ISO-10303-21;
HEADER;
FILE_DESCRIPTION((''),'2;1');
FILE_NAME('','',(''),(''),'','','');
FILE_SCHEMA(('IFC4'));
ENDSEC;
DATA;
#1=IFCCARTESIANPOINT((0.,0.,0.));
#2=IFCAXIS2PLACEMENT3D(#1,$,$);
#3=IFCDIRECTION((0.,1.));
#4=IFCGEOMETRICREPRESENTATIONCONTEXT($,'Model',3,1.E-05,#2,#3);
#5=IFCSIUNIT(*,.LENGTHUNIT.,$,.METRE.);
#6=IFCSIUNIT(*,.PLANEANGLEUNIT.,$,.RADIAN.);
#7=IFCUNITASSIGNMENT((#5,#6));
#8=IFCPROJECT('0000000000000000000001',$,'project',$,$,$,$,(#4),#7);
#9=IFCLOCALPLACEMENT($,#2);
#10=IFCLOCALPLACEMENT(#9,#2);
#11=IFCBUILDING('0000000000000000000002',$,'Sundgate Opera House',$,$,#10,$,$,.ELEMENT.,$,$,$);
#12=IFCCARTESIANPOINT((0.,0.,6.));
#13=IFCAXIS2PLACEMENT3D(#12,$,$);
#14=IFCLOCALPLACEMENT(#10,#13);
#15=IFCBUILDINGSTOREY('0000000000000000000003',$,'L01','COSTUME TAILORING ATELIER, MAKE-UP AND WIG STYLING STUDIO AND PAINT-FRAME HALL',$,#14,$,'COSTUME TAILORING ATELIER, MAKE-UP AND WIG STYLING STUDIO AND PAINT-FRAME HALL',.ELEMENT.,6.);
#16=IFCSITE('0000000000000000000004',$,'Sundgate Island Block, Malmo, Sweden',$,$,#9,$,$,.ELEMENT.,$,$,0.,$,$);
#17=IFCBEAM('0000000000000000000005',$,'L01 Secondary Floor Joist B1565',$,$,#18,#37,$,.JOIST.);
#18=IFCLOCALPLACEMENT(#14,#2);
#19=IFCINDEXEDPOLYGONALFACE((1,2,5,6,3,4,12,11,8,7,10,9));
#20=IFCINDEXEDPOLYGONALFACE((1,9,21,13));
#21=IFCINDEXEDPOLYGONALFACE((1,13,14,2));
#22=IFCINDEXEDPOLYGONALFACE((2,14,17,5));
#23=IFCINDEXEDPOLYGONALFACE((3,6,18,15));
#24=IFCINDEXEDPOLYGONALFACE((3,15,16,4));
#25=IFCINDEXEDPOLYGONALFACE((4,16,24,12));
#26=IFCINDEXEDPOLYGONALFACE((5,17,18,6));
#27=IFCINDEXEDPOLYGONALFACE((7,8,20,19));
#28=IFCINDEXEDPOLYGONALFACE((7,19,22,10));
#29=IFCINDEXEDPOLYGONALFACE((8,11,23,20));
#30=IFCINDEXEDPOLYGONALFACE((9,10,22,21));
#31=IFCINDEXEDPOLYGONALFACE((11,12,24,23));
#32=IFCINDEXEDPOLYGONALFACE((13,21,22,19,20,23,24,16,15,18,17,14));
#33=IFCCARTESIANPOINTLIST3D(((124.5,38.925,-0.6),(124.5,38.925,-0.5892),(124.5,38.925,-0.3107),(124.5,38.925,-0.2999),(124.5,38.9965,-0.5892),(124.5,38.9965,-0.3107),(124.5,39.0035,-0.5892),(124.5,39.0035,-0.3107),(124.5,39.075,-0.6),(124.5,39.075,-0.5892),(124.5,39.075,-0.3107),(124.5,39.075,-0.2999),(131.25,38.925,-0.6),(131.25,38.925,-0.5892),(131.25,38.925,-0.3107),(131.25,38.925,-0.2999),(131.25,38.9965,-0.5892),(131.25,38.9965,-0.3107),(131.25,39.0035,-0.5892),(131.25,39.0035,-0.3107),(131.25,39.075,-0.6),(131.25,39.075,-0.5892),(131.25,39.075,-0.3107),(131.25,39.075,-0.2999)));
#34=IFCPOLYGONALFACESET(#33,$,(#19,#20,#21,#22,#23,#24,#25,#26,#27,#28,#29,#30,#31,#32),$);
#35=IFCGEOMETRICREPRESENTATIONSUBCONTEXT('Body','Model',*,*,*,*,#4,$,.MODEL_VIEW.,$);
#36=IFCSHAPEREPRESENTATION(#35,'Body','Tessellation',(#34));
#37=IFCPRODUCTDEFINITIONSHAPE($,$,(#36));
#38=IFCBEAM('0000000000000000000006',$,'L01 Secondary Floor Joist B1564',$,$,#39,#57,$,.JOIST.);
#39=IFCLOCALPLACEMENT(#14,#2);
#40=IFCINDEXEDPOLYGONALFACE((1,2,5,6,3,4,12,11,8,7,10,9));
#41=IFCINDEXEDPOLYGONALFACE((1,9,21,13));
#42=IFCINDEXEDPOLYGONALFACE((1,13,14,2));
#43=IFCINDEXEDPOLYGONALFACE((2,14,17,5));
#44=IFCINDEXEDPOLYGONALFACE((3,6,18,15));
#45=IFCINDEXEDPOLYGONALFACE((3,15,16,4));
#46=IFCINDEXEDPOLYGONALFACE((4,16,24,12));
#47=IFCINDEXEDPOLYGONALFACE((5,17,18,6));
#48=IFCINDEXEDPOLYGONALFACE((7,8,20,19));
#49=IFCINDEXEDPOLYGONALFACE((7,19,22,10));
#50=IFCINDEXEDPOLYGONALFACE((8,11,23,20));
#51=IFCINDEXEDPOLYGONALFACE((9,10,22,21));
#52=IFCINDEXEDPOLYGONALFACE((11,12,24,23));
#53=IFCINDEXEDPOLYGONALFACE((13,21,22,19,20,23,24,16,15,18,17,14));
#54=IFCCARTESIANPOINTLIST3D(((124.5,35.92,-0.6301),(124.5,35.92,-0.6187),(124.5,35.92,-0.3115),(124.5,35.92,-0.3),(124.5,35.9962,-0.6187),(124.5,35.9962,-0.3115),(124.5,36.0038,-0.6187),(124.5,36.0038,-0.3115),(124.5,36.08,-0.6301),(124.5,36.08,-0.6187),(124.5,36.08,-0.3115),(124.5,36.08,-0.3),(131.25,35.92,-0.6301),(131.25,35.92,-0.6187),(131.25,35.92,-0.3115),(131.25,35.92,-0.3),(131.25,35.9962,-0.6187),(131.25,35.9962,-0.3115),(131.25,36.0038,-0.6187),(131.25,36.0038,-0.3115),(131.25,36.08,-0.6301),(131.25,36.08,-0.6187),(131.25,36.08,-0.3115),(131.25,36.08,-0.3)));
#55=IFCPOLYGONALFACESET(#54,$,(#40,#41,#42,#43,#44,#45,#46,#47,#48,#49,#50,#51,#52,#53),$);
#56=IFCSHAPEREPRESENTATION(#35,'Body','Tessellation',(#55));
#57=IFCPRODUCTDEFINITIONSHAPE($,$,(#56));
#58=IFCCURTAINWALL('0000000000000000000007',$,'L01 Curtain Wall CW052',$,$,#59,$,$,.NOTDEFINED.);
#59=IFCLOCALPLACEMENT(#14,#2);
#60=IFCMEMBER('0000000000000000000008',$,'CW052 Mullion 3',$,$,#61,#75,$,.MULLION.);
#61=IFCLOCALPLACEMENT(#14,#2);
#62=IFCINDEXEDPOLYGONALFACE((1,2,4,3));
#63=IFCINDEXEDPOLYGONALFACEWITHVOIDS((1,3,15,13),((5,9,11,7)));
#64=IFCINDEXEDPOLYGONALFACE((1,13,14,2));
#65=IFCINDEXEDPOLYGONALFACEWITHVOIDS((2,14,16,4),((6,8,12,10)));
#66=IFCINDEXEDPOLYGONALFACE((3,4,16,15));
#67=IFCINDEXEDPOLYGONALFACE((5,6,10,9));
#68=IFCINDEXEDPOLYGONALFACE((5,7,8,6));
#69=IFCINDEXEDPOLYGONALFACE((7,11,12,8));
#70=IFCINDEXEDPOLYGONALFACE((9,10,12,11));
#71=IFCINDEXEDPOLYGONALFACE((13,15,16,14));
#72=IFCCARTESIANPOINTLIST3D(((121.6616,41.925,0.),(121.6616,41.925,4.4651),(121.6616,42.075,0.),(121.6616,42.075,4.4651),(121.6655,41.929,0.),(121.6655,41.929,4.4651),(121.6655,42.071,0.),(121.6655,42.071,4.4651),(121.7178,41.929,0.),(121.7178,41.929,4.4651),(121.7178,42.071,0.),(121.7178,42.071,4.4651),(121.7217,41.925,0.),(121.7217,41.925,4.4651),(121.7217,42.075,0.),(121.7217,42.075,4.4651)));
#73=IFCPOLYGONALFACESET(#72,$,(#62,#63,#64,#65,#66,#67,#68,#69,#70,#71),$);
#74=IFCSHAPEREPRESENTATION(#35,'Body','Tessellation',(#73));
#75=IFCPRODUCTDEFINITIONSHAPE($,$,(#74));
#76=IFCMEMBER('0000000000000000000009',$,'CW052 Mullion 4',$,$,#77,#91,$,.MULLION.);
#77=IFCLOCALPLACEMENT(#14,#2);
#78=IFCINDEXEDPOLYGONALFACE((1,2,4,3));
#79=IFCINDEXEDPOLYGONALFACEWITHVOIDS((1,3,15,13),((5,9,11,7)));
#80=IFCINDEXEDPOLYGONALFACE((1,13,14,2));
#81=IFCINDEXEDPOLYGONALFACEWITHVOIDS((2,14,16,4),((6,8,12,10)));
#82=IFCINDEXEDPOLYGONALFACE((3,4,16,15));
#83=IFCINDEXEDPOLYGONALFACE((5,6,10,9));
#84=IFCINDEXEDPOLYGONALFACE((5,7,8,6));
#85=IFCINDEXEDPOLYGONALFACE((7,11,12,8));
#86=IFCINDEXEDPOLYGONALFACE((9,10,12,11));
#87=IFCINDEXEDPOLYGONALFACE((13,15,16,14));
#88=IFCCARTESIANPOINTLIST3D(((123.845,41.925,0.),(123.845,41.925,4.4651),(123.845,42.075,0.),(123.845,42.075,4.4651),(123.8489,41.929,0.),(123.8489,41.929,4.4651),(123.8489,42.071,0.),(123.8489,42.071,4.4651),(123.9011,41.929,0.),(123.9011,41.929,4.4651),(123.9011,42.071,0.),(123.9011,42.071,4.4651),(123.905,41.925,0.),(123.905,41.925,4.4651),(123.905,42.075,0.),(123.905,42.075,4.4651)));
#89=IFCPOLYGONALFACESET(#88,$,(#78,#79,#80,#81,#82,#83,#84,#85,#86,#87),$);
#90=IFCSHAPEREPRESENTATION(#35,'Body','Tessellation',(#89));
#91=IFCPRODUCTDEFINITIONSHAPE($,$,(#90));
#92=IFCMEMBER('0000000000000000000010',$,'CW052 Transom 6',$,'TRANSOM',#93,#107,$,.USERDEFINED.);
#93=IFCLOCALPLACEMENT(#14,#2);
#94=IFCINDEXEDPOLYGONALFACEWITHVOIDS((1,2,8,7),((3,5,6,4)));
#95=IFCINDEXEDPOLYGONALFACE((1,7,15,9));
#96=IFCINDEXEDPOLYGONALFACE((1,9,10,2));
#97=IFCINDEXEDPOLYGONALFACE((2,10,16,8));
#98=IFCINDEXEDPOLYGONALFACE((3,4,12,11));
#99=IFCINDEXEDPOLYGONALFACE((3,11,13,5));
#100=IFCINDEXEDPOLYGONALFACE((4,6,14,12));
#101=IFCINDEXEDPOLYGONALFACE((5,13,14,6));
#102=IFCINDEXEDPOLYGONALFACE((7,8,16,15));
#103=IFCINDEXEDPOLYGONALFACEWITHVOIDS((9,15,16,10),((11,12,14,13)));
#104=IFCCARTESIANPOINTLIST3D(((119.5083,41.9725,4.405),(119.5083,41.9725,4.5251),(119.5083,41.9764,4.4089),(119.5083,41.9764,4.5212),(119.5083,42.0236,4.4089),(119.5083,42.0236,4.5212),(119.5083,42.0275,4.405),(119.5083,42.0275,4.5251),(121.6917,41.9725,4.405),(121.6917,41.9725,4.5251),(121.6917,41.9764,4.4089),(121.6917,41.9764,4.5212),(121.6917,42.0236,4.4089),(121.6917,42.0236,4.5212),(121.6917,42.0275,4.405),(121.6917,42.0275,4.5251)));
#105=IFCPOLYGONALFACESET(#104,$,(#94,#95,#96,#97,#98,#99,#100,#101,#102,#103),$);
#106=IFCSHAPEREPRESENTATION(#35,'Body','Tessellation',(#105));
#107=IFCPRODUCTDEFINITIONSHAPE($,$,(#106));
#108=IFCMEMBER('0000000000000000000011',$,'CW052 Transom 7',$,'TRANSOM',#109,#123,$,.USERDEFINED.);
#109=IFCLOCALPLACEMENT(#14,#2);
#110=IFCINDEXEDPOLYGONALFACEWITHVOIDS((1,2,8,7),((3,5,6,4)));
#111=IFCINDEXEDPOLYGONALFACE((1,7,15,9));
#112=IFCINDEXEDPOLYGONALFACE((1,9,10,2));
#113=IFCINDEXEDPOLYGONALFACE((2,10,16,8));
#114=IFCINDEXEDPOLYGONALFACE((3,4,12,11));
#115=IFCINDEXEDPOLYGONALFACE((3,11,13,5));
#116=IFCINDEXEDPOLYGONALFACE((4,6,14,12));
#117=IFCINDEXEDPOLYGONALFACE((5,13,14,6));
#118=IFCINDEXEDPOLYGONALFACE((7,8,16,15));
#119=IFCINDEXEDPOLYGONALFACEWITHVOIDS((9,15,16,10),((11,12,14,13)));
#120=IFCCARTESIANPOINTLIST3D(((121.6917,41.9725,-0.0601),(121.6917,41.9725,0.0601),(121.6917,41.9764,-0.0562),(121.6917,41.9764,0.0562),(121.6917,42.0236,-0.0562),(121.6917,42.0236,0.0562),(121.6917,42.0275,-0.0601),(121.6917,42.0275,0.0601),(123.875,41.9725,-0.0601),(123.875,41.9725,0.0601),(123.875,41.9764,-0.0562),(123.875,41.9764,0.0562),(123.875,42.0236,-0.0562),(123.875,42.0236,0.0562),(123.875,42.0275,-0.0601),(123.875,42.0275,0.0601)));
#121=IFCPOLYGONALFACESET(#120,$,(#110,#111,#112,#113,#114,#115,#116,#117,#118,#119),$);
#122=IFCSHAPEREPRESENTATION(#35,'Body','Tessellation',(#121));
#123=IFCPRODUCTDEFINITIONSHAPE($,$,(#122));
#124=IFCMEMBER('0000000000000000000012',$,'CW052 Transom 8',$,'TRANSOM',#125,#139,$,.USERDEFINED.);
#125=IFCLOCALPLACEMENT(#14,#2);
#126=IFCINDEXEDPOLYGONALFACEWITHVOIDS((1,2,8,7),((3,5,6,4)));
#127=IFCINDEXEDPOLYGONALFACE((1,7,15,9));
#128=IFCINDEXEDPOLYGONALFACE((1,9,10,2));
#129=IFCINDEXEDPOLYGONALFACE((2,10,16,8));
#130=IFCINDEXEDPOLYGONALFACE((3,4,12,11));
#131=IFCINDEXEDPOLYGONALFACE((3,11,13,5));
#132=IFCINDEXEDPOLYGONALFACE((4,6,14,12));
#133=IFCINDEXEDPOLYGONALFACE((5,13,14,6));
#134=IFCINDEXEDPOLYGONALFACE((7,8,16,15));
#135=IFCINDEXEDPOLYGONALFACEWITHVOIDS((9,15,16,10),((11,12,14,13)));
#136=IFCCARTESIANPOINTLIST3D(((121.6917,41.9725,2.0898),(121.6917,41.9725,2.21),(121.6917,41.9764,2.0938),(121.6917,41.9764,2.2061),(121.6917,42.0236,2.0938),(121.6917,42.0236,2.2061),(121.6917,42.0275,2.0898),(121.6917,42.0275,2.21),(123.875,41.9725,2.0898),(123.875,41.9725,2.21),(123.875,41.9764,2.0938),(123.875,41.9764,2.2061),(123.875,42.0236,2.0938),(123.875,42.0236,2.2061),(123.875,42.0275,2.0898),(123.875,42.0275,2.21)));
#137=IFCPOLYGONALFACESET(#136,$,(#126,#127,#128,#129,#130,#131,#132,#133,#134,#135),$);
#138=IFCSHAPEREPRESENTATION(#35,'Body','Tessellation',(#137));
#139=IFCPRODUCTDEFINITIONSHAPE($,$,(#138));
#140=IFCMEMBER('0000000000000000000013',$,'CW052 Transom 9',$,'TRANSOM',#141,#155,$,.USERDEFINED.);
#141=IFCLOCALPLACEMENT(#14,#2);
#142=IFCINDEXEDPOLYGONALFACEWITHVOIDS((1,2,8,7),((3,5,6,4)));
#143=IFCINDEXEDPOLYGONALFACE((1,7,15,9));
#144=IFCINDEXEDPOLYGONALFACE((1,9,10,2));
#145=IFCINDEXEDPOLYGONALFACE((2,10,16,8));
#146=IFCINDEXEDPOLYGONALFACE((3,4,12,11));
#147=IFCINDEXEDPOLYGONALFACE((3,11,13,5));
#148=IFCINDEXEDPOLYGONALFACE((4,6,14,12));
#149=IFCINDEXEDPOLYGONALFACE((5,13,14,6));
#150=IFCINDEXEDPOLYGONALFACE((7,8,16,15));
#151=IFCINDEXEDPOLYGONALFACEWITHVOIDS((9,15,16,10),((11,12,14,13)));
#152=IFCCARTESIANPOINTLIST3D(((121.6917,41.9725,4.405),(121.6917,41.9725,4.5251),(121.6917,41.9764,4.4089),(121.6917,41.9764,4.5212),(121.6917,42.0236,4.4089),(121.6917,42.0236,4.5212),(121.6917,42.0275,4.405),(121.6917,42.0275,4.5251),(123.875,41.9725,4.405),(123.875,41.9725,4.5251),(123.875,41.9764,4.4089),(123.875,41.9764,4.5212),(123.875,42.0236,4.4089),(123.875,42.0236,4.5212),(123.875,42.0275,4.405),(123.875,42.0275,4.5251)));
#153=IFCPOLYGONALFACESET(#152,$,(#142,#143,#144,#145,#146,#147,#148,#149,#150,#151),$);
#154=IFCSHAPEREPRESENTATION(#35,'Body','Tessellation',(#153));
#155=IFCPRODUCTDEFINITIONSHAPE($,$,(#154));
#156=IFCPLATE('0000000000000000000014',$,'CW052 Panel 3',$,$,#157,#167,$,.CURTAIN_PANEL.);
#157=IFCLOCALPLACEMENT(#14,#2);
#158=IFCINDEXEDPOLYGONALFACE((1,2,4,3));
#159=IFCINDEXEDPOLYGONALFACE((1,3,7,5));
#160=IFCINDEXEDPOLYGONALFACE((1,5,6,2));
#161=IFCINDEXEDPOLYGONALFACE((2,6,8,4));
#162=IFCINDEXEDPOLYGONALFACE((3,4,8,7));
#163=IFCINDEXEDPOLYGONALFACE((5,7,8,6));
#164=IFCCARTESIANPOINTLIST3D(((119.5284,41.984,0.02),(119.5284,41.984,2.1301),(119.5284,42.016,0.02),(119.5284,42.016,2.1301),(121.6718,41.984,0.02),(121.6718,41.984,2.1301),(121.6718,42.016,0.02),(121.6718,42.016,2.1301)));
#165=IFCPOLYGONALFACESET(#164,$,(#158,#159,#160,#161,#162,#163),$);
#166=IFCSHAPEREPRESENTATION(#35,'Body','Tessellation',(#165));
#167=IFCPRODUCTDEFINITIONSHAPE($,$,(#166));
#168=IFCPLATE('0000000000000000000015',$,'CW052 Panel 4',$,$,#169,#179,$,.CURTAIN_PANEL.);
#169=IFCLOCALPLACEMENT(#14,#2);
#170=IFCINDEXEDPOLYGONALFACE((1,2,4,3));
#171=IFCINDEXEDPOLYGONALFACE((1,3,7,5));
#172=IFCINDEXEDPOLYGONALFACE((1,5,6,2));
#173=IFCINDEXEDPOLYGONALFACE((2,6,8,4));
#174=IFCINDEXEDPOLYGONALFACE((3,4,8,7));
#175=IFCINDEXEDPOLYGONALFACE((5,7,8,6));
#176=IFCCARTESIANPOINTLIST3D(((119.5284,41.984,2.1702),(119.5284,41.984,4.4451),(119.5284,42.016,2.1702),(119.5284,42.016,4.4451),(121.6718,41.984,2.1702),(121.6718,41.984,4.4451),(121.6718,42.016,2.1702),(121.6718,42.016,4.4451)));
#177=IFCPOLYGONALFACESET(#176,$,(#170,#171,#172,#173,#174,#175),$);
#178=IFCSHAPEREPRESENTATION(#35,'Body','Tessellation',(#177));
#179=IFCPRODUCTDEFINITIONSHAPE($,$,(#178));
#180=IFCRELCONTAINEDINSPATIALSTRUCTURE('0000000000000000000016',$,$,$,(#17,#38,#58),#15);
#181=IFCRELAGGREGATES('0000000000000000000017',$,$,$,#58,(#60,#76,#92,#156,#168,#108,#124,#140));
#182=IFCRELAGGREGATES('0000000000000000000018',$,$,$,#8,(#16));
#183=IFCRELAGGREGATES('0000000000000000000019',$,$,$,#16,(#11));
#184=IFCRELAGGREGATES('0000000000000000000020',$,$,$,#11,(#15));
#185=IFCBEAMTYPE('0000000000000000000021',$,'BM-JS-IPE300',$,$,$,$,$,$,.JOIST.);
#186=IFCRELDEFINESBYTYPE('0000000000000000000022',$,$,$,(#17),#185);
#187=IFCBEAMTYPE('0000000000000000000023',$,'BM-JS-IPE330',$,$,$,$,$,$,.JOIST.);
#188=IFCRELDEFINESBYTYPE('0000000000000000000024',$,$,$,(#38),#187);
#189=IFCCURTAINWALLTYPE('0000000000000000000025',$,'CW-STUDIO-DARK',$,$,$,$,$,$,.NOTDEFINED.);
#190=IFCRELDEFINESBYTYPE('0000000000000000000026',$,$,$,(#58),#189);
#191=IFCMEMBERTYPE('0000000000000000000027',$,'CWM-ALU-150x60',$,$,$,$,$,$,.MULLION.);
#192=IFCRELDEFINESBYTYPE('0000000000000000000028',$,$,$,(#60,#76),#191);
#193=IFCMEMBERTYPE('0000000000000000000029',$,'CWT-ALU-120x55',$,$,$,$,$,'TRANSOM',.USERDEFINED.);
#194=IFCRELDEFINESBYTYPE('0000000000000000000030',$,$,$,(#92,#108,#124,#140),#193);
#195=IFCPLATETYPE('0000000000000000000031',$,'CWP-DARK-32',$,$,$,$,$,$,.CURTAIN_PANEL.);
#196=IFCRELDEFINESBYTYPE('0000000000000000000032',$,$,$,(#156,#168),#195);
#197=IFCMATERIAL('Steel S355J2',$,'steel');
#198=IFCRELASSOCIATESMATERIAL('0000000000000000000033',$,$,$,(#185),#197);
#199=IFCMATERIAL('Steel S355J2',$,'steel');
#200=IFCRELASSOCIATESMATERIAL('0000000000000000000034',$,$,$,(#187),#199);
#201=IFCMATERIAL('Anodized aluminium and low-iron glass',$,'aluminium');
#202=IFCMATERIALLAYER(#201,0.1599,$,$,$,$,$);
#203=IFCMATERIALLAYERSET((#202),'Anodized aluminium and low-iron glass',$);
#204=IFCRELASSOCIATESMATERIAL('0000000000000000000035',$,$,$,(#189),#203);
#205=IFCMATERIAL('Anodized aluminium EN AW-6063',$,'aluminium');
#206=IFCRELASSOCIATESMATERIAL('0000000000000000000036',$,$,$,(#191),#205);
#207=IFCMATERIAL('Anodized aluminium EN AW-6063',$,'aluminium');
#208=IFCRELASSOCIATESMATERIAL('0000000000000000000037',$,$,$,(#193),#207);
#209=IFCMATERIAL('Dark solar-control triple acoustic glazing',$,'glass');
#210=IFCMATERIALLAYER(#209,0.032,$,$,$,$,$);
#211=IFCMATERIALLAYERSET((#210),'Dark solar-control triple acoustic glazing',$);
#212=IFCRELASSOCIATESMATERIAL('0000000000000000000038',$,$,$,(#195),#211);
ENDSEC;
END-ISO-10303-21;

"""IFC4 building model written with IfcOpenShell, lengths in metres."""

from ifc_helpers import new_model, si_unit, direction, frame, origin, origin_2d, place, context, subcontext, project, spatial, rectangle, hollow_rectangle, i_section, extrude, material, layer, layer_set, material_profile, profile_set, type_object, element, aggregate, save


model = new_model("IFC4")

# Units and contexts
model_context = context("Model", 3, precision=1e-05, world=origin(), true_north=direction((0.0, 1.0)))
body_context = subcontext(model_context, "Body", "Model", "MODEL_VIEW")
ifc_project = project(units=[si_unit("LENGTHUNIT", "METRE"), si_unit("PLANEANGLEUNIT", "RADIAN")], contexts=[model_context])

# Site, building, storey
site_placement = place(None, origin())
site = spatial("IfcSite", under=ifc_project, at=site_placement, Name="Sundgate Island Block, Malmo, Sweden", CompositionType="ELEMENT", RefElevation=0.0)
building_placement = place(site_placement, origin())
building = spatial("IfcBuilding", under=site, at=building_placement, Name="Sundgate Opera House", CompositionType="ELEMENT")
storey_placement = place(building_placement, frame((0.0, 0.0, 6.0)))
storey = spatial("IfcBuildingStorey", under=building, at=storey_placement, Name="L01", Description="COSTUME TAILORING ATELIER, MAKE-UP AND WIG STYLING STUDIO AND PAINT-FRAME HALL", LongName="COSTUME TAILORING ATELIER, MAKE-UP AND WIG STYLING STUDIO AND PAINT-FRAME HALL", CompositionType="ELEMENT", Elevation=6.0)

# Beams
ifc_material_1 = material(Name="Steel S355J2", Category="steel")
ifc_material_profile_1 = material_profile(ifc_material_1, i_section(OverallWidth=0.1499, OverallDepth=0.3, WebThickness=0.0071, FlangeThickness=0.0107, at=origin_2d()), Name="IPE 300")
ifc_profile_set_1 = profile_set([ifc_material_profile_1], Name="Steel S355J2")
beam_type_1 = type_object("IfcBeamType", Name="BM-JS-IPE300", PredefinedType="JOIST", material=ifc_profile_set_1)
beam_1_placement = place(storey_placement, frame((124.5, 39.0, -0.45), z_axis=(1.0, 0.0, 0.0), x_axis=(0.0, 1.0, 0.0)))
element("IfcBeam", 1, at=beam_1_placement, inside=storey, type_object=beam_type_1, Name="L01 Secondary Floor Joist B1565", PredefinedType="JOIST", context=body_context, shape_type="SweptSolid", body=[
    extrude(i_section(OverallWidth=0.1499, OverallDepth=0.3, WebThickness=0.0071, FlangeThickness=0.0107, at=origin_2d()), origin(), (0.0, 0.0, 1.0), 6.75),
])
ifc_material_2 = material(Name="Steel S355J2", Category="steel")
ifc_material_profile_2 = material_profile(ifc_material_2, i_section(OverallWidth=0.1599, OverallDepth=0.3301, WebThickness=0.0076, FlangeThickness=0.0115, at=origin_2d()), Name="IPE 330")
ifc_profile_set_2 = profile_set([ifc_material_profile_2], Name="Steel S355J2")
beam_type_2 = type_object("IfcBeamType", Name="BM-JS-IPE330", PredefinedType="JOIST", material=ifc_profile_set_2)
beam_2_placement = place(storey_placement, frame((124.5, 36.0, -0.4651), z_axis=(1.0, 0.0, 0.0), x_axis=(0.0, 1.0, 0.0)))
element("IfcBeam", 2, at=beam_2_placement, inside=storey, type_object=beam_type_2, Name="L01 Secondary Floor Joist B1564", PredefinedType="JOIST", context=body_context, shape_type="SweptSolid", body=[
    extrude(i_section(OverallWidth=0.1599, OverallDepth=0.3301, WebThickness=0.0076, FlangeThickness=0.0115, at=origin_2d()), origin(), (0.0, 0.0, 1.0), 6.75),
])

# Curtain wall, members, plates
ifc_material_3 = material(Name="Anodized aluminium and low-iron glass", Category="aluminium")
ifc_layer_1 = layer(ifc_material_3, 0.1599)
ifc_layer_set_1 = layer_set([ifc_layer_1], Name="Anodized aluminium and low-iron glass")
curtain_wall_type = type_object("IfcCurtainWallType", Name="CW-STUDIO-DARK", PredefinedType="NOTDEFINED", material=ifc_layer_set_1)
curtain_wall_placement = place(storey_placement, origin())
curtain_wall = element("IfcCurtainWall", 3, at=curtain_wall_placement, inside=storey, type_object=curtain_wall_type, Name="L01 Curtain Wall CW052", PredefinedType="NOTDEFINED")
ifc_material_4 = material(Name="Anodized aluminium EN AW-6063", Category="aluminium")
ifc_material_profile_3 = material_profile(ifc_material_4, hollow_rectangle(XDim=0.0601, YDim=0.1499, WallThickness=0.0039, at=origin_2d()), Name="CWM 150x60x4")
ifc_profile_set_3 = profile_set([ifc_material_profile_3], Name="Anodized aluminium EN AW-6063")
member_type_1 = type_object("IfcMemberType", Name="CWM-ALU-150x60", PredefinedType="MULLION", material=ifc_profile_set_3)
member_1_placement = place(storey_placement, frame((121.6917, 42.0, 0.0), z_axis=(0.0, 0.0, 1.0), x_axis=(1.0, 0.0, 0.0)))
member_1 = element("IfcMember", 4, at=member_1_placement, type_object=member_type_1, Name="CW052 Mullion 3", PredefinedType="MULLION", context=body_context, shape_type="SweptSolid", body=[
    extrude(hollow_rectangle(XDim=0.0601, YDim=0.1499, WallThickness=0.0039, at=origin_2d()), origin(), (0.0, 0.0, 1.0), 4.4651),
])
member_2_placement = place(storey_placement, frame((123.875, 42.0, 0.0), z_axis=(0.0, 0.0, 1.0), x_axis=(1.0, 0.0, 0.0)))
member_2 = element("IfcMember", 5, at=member_2_placement, type_object=member_type_1, Name="CW052 Mullion 4", PredefinedType="MULLION", context=body_context, shape_type="SweptSolid", body=[
    extrude(hollow_rectangle(XDim=0.0601, YDim=0.1499, WallThickness=0.0039, at=origin_2d()), origin(), (0.0, 0.0, 1.0), 4.4651),
])
ifc_material_5 = material(Name="Anodized aluminium EN AW-6063", Category="aluminium")
ifc_material_profile_4 = material_profile(ifc_material_5, hollow_rectangle(XDim=0.0549, YDim=0.1201, WallThickness=0.0039, at=origin_2d()), Name="CWT 120x55x4")
ifc_profile_set_4 = profile_set([ifc_material_profile_4], Name="Anodized aluminium EN AW-6063")
member_type_2 = type_object("IfcMemberType", Name="CWT-ALU-120x55", ElementType="TRANSOM", PredefinedType="USERDEFINED", material=ifc_profile_set_4)
member_3_placement = place(storey_placement, frame((119.5083, 42.0, 4.4651), z_axis=(1.0, 0.0, 0.0), x_axis=(0.0, 1.0, 0.0)))
member_3 = element("IfcMember", 6, at=member_3_placement, type_object=member_type_2, Name="CW052 Transom 6", ObjectType="TRANSOM", PredefinedType="USERDEFINED", context=body_context, shape_type="SweptSolid", body=[
    extrude(hollow_rectangle(XDim=0.0549, YDim=0.1201, WallThickness=0.0039, at=origin_2d()), origin(), (0.0, 0.0, 1.0), 2.1833),
])
member_4_placement = place(storey_placement, frame((121.6917, 42.0, 0.0), z_axis=(1.0, 0.0, 0.0), x_axis=(0.0, 1.0, 0.0)))
member_4 = element("IfcMember", 7, at=member_4_placement, type_object=member_type_2, Name="CW052 Transom 7", ObjectType="TRANSOM", PredefinedType="USERDEFINED", context=body_context, shape_type="SweptSolid", body=[
    extrude(hollow_rectangle(XDim=0.0549, YDim=0.1201, WallThickness=0.0039, at=origin_2d()), origin(), (0.0, 0.0, 1.0), 2.1833),
])
member_5_placement = place(storey_placement, frame((121.6917, 42.0, 2.1499), z_axis=(1.0, 0.0, 0.0), x_axis=(0.0, 1.0, 0.0)))
member_5 = element("IfcMember", 8, at=member_5_placement, type_object=member_type_2, Name="CW052 Transom 8", ObjectType="TRANSOM", PredefinedType="USERDEFINED", context=body_context, shape_type="SweptSolid", body=[
    extrude(hollow_rectangle(XDim=0.0549, YDim=0.1201, WallThickness=0.0039, at=origin_2d()), origin(), (0.0, 0.0, 1.0), 2.1833),
])
member_6_placement = place(storey_placement, frame((121.6917, 42.0, 4.4651), z_axis=(1.0, 0.0, 0.0), x_axis=(0.0, 1.0, 0.0)))
member_6 = element("IfcMember", 9, at=member_6_placement, type_object=member_type_2, Name="CW052 Transom 9", ObjectType="TRANSOM", PredefinedType="USERDEFINED", context=body_context, shape_type="SweptSolid", body=[
    extrude(hollow_rectangle(XDim=0.0549, YDim=0.1201, WallThickness=0.0039, at=origin_2d()), origin(), (0.0, 0.0, 1.0), 2.1833),
])
ifc_material_6 = material(Name="Dark solar-control triple acoustic glazing", Category="glass")
ifc_layer_2 = layer(ifc_material_6, 0.032)
ifc_layer_set_2 = layer_set([ifc_layer_2], Name="Dark solar-control triple acoustic glazing")
plate_type_1 = type_object("IfcPlateType", Name="CWP-DARK-32", PredefinedType="CURTAIN_PANEL", material=ifc_layer_set_2)
plate_1_placement = place(storey_placement, frame((120.6001, 42.0, 0.02), z_axis=(0.0, 0.0, 1.0), x_axis=(1.0, 0.0, 0.0)))
plate_1 = element("IfcPlate", 10, at=plate_1_placement, type_object=plate_type_1, Name="CW052 Panel 3", PredefinedType="CURTAIN_PANEL", context=body_context, shape_type="SweptSolid", body=[
    extrude(rectangle(XDim=2.1433, YDim=0.032, at=origin_2d()), origin(), (0.0, 0.0, 1.0), 2.1101),
])
plate_2_placement = place(storey_placement, frame((120.6001, 42.0, 2.1702), z_axis=(0.0, 0.0, 1.0), x_axis=(1.0, 0.0, 0.0)))
plate_2 = element("IfcPlate", 11, at=plate_2_placement, type_object=plate_type_1, Name="CW052 Panel 4", PredefinedType="CURTAIN_PANEL", context=body_context, shape_type="SweptSolid", body=[
    extrude(rectangle(XDim=2.1433, YDim=0.032, at=origin_2d()), origin(), (0.0, 0.0, 1.0), 2.2749),
])
aggregate(curtain_wall, [member_1, member_2, member_3, plate_1, plate_2, member_4, member_5, member_6])

save(model, "model.ifc")
